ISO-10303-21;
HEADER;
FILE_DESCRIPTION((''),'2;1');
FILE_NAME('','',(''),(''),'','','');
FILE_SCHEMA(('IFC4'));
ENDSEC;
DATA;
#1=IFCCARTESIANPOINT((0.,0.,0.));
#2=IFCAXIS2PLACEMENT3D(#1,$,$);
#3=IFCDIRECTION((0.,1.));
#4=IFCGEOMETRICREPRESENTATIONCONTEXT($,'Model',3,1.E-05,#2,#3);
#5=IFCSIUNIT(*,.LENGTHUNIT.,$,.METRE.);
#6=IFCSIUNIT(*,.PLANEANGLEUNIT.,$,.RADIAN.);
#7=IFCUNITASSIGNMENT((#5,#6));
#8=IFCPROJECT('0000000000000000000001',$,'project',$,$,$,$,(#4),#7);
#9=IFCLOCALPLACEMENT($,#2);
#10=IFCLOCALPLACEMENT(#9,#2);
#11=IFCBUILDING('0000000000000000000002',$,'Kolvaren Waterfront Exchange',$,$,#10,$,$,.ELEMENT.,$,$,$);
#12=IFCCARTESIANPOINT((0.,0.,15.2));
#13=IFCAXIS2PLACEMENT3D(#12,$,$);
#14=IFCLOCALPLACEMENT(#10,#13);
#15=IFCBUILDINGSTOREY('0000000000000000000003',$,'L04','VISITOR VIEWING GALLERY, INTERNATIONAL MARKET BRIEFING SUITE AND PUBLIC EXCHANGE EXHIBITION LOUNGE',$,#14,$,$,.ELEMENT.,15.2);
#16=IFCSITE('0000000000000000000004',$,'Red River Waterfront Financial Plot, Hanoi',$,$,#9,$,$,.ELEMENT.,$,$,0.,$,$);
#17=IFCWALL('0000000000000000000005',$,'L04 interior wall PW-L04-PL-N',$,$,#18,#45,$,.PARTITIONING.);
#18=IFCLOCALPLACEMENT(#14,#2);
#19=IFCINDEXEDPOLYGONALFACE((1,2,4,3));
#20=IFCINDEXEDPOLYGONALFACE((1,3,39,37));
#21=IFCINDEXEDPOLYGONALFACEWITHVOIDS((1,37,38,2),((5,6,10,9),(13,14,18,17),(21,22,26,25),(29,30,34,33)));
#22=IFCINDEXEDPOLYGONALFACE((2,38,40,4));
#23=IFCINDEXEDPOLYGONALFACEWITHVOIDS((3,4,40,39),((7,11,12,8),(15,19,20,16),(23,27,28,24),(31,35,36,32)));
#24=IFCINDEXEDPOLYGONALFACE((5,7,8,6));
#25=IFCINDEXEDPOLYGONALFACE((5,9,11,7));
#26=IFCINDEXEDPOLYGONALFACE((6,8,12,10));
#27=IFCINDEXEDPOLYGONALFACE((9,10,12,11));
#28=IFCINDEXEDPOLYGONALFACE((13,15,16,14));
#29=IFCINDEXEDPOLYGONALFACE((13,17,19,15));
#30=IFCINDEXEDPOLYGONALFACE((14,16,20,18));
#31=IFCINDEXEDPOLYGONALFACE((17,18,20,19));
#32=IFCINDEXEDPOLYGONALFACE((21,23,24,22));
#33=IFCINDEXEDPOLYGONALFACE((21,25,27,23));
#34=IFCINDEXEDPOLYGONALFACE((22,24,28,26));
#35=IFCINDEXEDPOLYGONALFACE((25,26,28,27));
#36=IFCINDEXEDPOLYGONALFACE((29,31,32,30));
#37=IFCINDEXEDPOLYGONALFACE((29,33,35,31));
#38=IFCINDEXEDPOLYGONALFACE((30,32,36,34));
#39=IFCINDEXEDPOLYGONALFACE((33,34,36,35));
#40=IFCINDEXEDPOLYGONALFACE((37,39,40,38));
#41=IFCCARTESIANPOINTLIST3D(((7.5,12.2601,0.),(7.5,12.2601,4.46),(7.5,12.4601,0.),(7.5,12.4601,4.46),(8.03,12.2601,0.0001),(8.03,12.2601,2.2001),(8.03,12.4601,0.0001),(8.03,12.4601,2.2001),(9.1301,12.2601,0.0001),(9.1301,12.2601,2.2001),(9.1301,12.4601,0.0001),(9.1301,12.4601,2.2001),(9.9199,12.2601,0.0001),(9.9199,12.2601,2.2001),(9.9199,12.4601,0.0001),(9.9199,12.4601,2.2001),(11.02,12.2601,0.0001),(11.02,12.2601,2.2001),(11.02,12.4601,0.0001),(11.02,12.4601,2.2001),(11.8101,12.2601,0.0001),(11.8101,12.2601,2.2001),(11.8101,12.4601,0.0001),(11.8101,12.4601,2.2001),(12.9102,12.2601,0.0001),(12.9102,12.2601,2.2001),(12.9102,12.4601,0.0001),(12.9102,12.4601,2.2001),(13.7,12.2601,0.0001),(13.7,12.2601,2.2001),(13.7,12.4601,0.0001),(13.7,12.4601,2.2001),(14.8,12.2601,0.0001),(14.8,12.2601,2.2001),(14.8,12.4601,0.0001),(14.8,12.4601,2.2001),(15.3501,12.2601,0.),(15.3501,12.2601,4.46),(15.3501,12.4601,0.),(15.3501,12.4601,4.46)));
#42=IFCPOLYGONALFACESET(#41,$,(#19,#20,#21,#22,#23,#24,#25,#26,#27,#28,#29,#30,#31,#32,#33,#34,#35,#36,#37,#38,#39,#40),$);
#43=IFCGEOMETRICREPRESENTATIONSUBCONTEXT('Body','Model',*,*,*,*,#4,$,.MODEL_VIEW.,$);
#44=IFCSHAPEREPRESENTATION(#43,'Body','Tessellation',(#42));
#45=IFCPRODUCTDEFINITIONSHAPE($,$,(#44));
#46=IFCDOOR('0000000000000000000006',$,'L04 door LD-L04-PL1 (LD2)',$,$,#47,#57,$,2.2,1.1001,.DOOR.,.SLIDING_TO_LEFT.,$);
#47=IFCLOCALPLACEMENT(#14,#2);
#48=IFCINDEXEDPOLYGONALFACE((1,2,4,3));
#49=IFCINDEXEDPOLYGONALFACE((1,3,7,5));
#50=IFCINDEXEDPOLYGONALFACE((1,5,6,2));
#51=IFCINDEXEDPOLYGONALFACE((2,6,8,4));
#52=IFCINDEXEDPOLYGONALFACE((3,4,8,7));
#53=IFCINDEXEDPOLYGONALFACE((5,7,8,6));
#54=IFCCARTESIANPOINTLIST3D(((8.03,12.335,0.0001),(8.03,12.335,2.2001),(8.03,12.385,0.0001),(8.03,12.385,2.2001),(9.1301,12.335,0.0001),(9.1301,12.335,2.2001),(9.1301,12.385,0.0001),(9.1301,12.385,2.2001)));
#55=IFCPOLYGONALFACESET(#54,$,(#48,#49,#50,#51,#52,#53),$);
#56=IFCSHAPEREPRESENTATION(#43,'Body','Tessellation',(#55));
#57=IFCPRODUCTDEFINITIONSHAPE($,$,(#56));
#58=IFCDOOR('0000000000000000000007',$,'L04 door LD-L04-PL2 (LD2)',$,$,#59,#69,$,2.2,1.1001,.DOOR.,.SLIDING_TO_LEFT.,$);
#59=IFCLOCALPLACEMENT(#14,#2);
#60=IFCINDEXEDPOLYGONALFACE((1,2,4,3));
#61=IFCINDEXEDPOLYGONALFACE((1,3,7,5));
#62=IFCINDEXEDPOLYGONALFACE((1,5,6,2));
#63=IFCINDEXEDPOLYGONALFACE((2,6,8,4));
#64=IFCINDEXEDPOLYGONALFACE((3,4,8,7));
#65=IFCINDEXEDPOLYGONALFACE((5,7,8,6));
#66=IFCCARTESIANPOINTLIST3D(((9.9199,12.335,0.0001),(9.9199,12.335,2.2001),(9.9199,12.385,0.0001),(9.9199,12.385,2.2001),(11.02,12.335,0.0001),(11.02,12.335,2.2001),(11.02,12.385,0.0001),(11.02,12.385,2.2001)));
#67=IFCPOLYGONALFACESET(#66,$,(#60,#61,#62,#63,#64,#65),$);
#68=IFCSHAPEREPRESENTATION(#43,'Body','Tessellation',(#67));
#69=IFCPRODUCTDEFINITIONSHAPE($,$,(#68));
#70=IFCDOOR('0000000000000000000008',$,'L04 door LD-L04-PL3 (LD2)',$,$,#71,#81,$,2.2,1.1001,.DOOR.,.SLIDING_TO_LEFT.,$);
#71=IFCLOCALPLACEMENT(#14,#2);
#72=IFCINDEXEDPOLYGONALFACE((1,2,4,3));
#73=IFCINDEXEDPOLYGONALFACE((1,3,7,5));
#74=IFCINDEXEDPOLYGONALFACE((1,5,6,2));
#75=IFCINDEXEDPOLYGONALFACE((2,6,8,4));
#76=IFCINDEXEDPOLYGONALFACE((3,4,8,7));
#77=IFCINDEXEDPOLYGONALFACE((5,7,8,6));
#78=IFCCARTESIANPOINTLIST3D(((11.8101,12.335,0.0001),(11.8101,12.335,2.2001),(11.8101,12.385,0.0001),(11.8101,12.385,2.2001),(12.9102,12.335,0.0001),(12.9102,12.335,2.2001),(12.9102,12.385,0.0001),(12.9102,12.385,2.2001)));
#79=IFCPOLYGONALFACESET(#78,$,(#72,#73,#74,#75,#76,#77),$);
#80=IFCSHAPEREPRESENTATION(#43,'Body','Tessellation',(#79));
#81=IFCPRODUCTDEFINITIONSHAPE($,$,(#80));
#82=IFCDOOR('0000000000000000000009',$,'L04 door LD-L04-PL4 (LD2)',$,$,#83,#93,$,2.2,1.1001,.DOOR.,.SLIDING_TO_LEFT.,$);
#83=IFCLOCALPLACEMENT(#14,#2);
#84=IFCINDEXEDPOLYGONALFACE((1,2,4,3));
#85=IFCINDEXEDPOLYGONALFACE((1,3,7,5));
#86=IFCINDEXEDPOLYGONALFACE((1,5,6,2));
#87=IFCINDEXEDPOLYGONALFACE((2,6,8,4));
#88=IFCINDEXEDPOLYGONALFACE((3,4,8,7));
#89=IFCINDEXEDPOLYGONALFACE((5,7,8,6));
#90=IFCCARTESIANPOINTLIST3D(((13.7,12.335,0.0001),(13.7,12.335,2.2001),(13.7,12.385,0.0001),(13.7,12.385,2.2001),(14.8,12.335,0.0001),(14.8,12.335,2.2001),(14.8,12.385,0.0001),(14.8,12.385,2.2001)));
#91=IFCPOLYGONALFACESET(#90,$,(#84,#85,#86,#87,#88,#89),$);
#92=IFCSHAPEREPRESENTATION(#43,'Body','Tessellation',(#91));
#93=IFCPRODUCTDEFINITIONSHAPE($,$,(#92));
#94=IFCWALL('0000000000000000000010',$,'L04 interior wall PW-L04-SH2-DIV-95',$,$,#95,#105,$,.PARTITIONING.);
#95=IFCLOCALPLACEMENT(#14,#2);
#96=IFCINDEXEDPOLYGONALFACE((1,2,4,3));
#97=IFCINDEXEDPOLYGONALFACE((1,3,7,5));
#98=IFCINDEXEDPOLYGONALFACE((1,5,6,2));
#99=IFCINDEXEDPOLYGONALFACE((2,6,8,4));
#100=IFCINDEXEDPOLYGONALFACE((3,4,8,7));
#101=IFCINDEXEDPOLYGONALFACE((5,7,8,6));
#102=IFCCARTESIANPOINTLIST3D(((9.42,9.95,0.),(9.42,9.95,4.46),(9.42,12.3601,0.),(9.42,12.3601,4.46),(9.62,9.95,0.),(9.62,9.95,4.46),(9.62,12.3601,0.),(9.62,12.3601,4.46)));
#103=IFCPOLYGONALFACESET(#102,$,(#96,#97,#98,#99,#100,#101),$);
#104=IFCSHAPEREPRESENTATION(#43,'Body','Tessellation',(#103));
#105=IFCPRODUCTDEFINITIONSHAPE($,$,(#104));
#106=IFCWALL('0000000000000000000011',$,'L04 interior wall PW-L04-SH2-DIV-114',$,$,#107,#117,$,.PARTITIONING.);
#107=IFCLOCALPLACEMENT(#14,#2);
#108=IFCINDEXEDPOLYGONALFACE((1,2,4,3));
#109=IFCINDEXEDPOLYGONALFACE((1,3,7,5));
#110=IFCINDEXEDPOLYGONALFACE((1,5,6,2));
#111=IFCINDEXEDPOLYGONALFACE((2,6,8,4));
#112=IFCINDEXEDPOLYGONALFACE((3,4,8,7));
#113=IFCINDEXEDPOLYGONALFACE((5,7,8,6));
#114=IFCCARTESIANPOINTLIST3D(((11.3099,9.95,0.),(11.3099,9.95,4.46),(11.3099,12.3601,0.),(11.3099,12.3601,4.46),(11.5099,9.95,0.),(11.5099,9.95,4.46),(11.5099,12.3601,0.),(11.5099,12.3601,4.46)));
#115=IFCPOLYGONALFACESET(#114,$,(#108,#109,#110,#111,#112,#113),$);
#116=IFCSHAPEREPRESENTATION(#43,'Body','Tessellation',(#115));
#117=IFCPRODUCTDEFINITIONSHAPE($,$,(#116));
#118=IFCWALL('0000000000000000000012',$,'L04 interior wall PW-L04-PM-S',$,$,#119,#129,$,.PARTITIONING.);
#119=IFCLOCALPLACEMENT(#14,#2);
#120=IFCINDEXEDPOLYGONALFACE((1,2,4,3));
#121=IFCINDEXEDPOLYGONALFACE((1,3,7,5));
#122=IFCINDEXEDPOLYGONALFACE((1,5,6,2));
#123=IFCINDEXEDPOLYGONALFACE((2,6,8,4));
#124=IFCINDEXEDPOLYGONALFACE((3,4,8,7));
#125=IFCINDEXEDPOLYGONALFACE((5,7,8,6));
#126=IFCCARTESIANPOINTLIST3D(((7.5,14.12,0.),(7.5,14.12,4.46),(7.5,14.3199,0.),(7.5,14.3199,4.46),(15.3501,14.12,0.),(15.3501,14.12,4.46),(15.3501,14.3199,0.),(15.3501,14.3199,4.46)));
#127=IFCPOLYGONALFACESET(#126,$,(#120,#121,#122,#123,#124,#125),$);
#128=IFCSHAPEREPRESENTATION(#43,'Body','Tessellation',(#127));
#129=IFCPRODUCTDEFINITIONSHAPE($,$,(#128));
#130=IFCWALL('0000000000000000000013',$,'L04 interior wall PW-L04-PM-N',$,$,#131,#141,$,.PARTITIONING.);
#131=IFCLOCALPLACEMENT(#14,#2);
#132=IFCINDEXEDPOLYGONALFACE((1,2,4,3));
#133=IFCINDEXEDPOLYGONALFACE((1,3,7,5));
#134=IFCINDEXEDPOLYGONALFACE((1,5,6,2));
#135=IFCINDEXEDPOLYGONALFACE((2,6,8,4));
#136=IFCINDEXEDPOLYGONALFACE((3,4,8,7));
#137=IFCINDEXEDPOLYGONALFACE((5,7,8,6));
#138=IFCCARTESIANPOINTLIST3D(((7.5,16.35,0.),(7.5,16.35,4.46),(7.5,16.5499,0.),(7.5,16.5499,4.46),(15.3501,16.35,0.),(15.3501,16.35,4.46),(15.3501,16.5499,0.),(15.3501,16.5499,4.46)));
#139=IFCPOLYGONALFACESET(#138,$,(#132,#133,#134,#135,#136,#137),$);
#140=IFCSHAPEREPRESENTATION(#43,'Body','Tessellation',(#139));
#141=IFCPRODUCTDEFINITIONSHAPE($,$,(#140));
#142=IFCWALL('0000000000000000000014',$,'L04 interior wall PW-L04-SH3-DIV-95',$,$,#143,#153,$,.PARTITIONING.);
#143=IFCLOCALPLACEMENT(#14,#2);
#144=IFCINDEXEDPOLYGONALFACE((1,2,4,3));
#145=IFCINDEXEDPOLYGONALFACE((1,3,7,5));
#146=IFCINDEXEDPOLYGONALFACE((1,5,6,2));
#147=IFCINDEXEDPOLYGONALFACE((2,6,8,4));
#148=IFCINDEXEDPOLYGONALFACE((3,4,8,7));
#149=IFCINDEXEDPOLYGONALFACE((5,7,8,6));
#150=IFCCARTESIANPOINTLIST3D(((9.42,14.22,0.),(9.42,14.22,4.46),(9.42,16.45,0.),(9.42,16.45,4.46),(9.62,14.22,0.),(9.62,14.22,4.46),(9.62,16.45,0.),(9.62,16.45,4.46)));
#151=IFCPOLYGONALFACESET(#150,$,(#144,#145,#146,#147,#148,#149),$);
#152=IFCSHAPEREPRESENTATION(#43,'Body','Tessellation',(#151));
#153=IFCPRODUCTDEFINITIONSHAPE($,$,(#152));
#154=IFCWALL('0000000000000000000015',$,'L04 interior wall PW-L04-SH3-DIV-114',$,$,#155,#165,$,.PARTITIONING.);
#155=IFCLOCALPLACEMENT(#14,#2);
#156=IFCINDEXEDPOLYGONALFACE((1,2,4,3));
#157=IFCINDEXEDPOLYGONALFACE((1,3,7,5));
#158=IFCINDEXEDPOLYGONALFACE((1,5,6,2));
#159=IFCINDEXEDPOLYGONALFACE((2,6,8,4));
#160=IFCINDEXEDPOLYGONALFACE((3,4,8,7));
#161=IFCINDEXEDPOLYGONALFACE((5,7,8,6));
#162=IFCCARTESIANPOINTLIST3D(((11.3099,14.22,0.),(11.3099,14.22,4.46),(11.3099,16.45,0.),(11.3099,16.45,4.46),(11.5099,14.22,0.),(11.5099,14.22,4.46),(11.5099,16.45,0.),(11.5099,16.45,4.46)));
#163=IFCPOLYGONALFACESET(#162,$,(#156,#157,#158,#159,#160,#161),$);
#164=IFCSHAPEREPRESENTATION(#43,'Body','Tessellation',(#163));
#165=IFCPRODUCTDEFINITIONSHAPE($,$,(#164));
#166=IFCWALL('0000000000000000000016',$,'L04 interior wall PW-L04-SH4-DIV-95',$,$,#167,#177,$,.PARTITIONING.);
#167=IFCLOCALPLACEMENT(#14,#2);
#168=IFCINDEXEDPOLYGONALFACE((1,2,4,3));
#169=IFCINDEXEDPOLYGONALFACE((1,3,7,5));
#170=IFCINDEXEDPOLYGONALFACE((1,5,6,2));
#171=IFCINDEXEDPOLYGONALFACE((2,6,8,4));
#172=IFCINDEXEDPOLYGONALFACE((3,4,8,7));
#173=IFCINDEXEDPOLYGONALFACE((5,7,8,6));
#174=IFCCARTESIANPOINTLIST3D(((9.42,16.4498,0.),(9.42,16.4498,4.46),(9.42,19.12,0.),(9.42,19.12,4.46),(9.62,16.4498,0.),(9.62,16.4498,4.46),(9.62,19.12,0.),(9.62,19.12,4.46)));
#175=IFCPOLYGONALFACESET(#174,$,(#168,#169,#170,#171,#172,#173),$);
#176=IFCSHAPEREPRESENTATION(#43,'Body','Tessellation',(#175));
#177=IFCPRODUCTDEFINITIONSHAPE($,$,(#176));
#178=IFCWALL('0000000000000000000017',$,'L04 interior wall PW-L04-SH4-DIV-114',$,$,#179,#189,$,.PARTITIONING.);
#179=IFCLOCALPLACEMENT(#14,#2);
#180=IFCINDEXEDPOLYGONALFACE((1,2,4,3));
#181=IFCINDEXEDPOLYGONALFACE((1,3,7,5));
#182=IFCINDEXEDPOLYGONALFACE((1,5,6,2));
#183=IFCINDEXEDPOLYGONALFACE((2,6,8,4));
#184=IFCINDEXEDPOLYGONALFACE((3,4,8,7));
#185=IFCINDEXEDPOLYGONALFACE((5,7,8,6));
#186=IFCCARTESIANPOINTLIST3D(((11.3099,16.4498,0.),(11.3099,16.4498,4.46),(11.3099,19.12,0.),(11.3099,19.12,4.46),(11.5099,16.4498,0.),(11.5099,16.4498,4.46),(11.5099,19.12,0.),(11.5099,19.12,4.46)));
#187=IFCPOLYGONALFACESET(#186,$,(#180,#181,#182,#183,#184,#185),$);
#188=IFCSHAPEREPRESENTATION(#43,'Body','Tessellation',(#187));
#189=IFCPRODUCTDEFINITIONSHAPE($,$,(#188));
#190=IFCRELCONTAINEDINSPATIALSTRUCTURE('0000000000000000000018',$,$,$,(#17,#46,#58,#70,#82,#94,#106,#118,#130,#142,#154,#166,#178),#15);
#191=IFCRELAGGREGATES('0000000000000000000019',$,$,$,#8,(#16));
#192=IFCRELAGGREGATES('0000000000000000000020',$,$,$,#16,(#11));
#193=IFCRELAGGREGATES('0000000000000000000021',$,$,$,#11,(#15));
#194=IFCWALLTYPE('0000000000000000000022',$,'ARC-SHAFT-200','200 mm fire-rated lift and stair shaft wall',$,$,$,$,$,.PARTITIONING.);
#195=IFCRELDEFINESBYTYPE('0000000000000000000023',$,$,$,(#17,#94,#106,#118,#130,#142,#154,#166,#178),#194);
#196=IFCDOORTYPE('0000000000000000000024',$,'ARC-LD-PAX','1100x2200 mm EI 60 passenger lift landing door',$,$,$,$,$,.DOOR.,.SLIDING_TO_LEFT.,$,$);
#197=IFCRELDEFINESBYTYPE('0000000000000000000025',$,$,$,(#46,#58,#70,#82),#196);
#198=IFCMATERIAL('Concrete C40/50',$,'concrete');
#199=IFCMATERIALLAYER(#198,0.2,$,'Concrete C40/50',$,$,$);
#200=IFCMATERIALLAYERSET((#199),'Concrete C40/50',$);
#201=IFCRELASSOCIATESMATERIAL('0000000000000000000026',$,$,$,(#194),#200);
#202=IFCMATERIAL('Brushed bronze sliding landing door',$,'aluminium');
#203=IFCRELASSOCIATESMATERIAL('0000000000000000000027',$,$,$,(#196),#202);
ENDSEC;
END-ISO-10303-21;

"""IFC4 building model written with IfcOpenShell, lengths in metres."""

from ifc_helpers import new_model, si_unit, direction, frame, frame_2d, origin, place, context, subcontext, project, spatial, rectangle, extrude, material, layer, layer_set, type_object, element, fill, save


model = new_model("IFC4")

# Units and contexts
model_context = context("Model", 3, precision=1e-05, world=origin(), true_north=direction((0.0, 1.0)))
body_context = subcontext(model_context, "Body", "Model", "MODEL_VIEW")
ifc_project = project(units=[si_unit("LENGTHUNIT", "METRE"), si_unit("PLANEANGLEUNIT", "RADIAN")], contexts=[model_context])

# Site, building, storey
site_placement = place(None, origin())
site = spatial("IfcSite", under=ifc_project, at=site_placement, Name="Red River Waterfront Financial Plot, Hanoi", CompositionType="ELEMENT", RefElevation=0.0)
building_placement = place(site_placement, origin())
building = spatial("IfcBuilding", under=site, at=building_placement, Name="Kolvaren Waterfront Exchange", CompositionType="ELEMENT")
storey_placement = place(building_placement, frame((0.0, 0.0, 15.2)))
storey = spatial("IfcBuildingStorey", under=building, at=storey_placement, Name="L04", Description="VISITOR VIEWING GALLERY, INTERNATIONAL MARKET BRIEFING SUITE AND PUBLIC EXCHANGE EXHIBITION LOUNGE", CompositionType="ELEMENT", Elevation=15.2)

# Wall, openings, doors
ifc_material_1 = material(Name="Concrete C40/50", Category="concrete")
ifc_layer_1 = layer(ifc_material_1, 0.2, Name="Concrete C40/50")
ifc_layer_set_1 = layer_set([ifc_layer_1], Name="Concrete C40/50")
wall_type_1 = type_object("IfcWallType", Name="ARC-SHAFT-200", Description="200 mm fire-rated lift and stair shaft wall", PredefinedType="PARTITIONING", material=ifc_layer_set_1)
wall_1_placement = place(storey_placement, frame((7.5, 12.3601, 0.0), z_axis=(0.0, 0.0, 1.0), x_axis=(1.0, 0.0, 0.0)))
wall_1 = element("IfcWall", 1, at=wall_1_placement, inside=storey, type_object=wall_type_1, Name="L04 interior wall PW-L04-PL-N", PredefinedType="PARTITIONING", context=body_context, shape_type="SweptSolid", body=[
    extrude(rectangle(XDim=7.8501, YDim=0.2, at=frame_2d((3.925, 0.0))), origin(), (0.0, 0.0, 1.0), 4.46),
])
opening_1_placement = place(wall_1_placement, frame((0.53, 0.0, 0.0)))
opening_1 = element("IfcOpeningElement", 2, at=opening_1_placement, cuts=wall_1, PredefinedType="OPENING", context=body_context, shape_type="SweptSolid", body=[
    extrude(rectangle(XDim=1.1001, YDim=2.2, at=frame_2d((0.55, 1.1001))), frame((0.0, 0.1099, 0.0), z_axis=(0.0, -1.0, 0.0), x_axis=(1.0, 0.0, 0.0)), (0.0, 0.0, 1.0), 0.22),
])
opening_2_placement = place(wall_1_placement, frame((2.4199, 0.0, 0.0)))
opening_2 = element("IfcOpeningElement", 3, at=opening_2_placement, cuts=wall_1, PredefinedType="OPENING", context=body_context, shape_type="SweptSolid", body=[
    extrude(rectangle(XDim=1.1001, YDim=2.2, at=frame_2d((0.55, 1.1001))), frame((0.0, 0.1099, 0.0), z_axis=(0.0, -1.0, 0.0), x_axis=(1.0, 0.0, 0.0)), (0.0, 0.0, 1.0), 0.22),
])
opening_3_placement = place(wall_1_placement, frame((4.3101, 0.0, 0.0)))
opening_3 = element("IfcOpeningElement", 4, at=opening_3_placement, cuts=wall_1, PredefinedType="OPENING", context=body_context, shape_type="SweptSolid", body=[
    extrude(rectangle(XDim=1.1001, YDim=2.2, at=frame_2d((0.55, 1.1001))), frame((0.0, 0.1099, 0.0), z_axis=(0.0, -1.0, 0.0), x_axis=(1.0, 0.0, 0.0)), (0.0, 0.0, 1.0), 0.22),
])
opening_4_placement = place(wall_1_placement, frame((6.2, 0.0, 0.0)))
opening_4 = element("IfcOpeningElement", 5, at=opening_4_placement, cuts=wall_1, PredefinedType="OPENING", context=body_context, shape_type="SweptSolid", body=[
    extrude(rectangle(XDim=1.1001, YDim=2.2, at=frame_2d((0.55, 1.1001))), frame((0.0, 0.1099, 0.0), z_axis=(0.0, -1.0, 0.0), x_axis=(1.0, 0.0, 0.0)), (0.0, 0.0, 1.0), 0.22),
])
ifc_material_2 = material(Name="Brushed bronze sliding landing door", Category="aluminium")
door_type_1 = type_object("IfcDoorType", Name="ARC-LD-PAX", Description="1100x2200 mm EI 60 passenger lift landing door", OperationType="SLIDING_TO_LEFT", PredefinedType="DOOR", material=ifc_material_2)
door_1_placement = place(opening_1_placement, origin())
door_1 = element("IfcDoor", 6, at=door_1_placement, inside=storey, type_object=door_type_1, Name="L04 door LD-L04-PL1 (LD2)", OperationType="SLIDING_TO_LEFT", OverallHeight=2.2, OverallWidth=1.1001, PredefinedType="DOOR", context=body_context, shape_type="SweptSolid", body=[
    extrude(rectangle(XDim=1.1001, YDim=2.2, at=frame_2d((0.55, 1.1001))), frame((0.0, 0.0249, 0.0), z_axis=(0.0, -1.0, 0.0), x_axis=(1.0, 0.0, 0.0)), (0.0, 0.0, 1.0), 0.05),
])
fill(opening_1, door_1)
door_2_placement = place(opening_2_placement, origin())
door_2 = element("IfcDoor", 7, at=door_2_placement, inside=storey, type_object=door_type_1, Name="L04 door LD-L04-PL2 (LD2)", OperationType="SLIDING_TO_LEFT", OverallHeight=2.2, OverallWidth=1.1001, PredefinedType="DOOR", context=body_context, shape_type="SweptSolid", body=[
    extrude(rectangle(XDim=1.1001, YDim=2.2, at=frame_2d((0.55, 1.1001))), frame((0.0, 0.0249, 0.0), z_axis=(0.0, -1.0, 0.0), x_axis=(1.0, 0.0, 0.0)), (0.0, 0.0, 1.0), 0.05),
])
fill(opening_2, door_2)
door_3_placement = place(opening_3_placement, origin())
door_3 = element("IfcDoor", 8, at=door_3_placement, inside=storey, type_object=door_type_1, Name="L04 door LD-L04-PL3 (LD2)", OperationType="SLIDING_TO_LEFT", OverallHeight=2.2, OverallWidth=1.1001, PredefinedType="DOOR", context=body_context, shape_type="SweptSolid", body=[
    extrude(rectangle(XDim=1.1001, YDim=2.2, at=frame_2d((0.55, 1.1001))), frame((0.0, 0.0249, 0.0), z_axis=(0.0, -1.0, 0.0), x_axis=(1.0, 0.0, 0.0)), (0.0, 0.0, 1.0), 0.05),
])
fill(opening_3, door_3)
door_4_placement = place(opening_4_placement, origin())
door_4 = element("IfcDoor", 9, at=door_4_placement, inside=storey, type_object=door_type_1, Name="L04 door LD-L04-PL4 (LD2)", OperationType="SLIDING_TO_LEFT", OverallHeight=2.2, OverallWidth=1.1001, PredefinedType="DOOR", context=body_context, shape_type="SweptSolid", body=[
    extrude(rectangle(XDim=1.1001, YDim=2.2, at=frame_2d((0.55, 1.1001))), frame((0.0, 0.0249, 0.0), z_axis=(0.0, -1.0, 0.0), x_axis=(1.0, 0.0, 0.0)), (0.0, 0.0, 1.0), 0.05),
])
fill(opening_4, door_4)

# Walls
for number, where, z_axis, x_axis, name in (
    (10, (9.52, 9.95, 0.0), (0.0, 0.0, 1.0), (0.0, 1.0, 0.0), "L04 interior wall PW-L04-SH2-DIV-95"),
    (11, (11.4099, 9.95, 0.0), (0.0, 0.0, 1.0), (0.0, 1.0, 0.0), "L04 interior wall PW-L04-SH2-DIV-114"),
):
    element("IfcWall", number, at=place(storey_placement, frame(where, z_axis=z_axis, x_axis=x_axis)), inside=storey, type_object=wall_type_1, Name=name, PredefinedType="PARTITIONING", context=body_context, shape_type="SweptSolid", body=[
        extrude(rectangle(XDim=2.4102, YDim=0.2, at=frame_2d((1.2051, 0.0))), origin(), (0.0, 0.0, 1.0), 4.46),
    ])
for number, where, z_axis, x_axis, name in (
    (12, (7.5, 14.22, 0.0), (0.0, 0.0, 1.0), (1.0, 0.0, 0.0), "L04 interior wall PW-L04-PM-S"),
    (13, (7.5, 16.45, 0.0), (0.0, 0.0, 1.0), (1.0, 0.0, 0.0), "L04 interior wall PW-L04-PM-N"),
):
    element("IfcWall", number, at=place(storey_placement, frame(where, z_axis=z_axis, x_axis=x_axis)), inside=storey, type_object=wall_type_1, Name=name, PredefinedType="PARTITIONING", context=body_context, shape_type="SweptSolid", body=[
        extrude(rectangle(XDim=7.8501, YDim=0.2, at=frame_2d((3.925, 0.0))), origin(), (0.0, 0.0, 1.0), 4.46),
    ])
for number, where, z_axis, x_axis, name in (
    (14, (9.52, 14.22, 0.0), (0.0, 0.0, 1.0), (0.0, 1.0, 0.0), "L04 interior wall PW-L04-SH3-DIV-95"),
    (15, (11.4099, 14.22, 0.0), (0.0, 0.0, 1.0), (0.0, 1.0, 0.0), "L04 interior wall PW-L04-SH3-DIV-114"),
):
    element("IfcWall", number, at=place(storey_placement, frame(where, z_axis=z_axis, x_axis=x_axis)), inside=storey, type_object=wall_type_1, Name=name, PredefinedType="PARTITIONING", context=body_context, shape_type="SweptSolid", body=[
        extrude(rectangle(XDim=2.23, YDim=0.2, at=frame_2d((1.115, 0.0))), origin(), (0.0, 0.0, 1.0), 4.46),
    ])
for number, where, z_axis, x_axis, name in (
    (16, (9.52, 16.45, 0.0), (0.0, 0.0, 1.0), (0.0, 1.0, 0.0), "L04 interior wall PW-L04-SH4-DIV-95"),
    (17, (11.4099, 16.45, 0.0), (0.0, 0.0, 1.0), (0.0, 1.0, 0.0), "L04 interior wall PW-L04-SH4-DIV-114"),
):
    element("IfcWall", number, at=place(storey_placement, frame(where, z_axis=z_axis, x_axis=x_axis)), inside=storey, type_object=wall_type_1, Name=name, PredefinedType="PARTITIONING", context=body_context, shape_type="SweptSolid", body=[
        extrude(rectangle(XDim=2.6702, YDim=0.2, at=frame_2d((1.335, 0.0))), origin(), (0.0, 0.0, 1.0), 4.46),
    ])

save(model, "model.ifc")
